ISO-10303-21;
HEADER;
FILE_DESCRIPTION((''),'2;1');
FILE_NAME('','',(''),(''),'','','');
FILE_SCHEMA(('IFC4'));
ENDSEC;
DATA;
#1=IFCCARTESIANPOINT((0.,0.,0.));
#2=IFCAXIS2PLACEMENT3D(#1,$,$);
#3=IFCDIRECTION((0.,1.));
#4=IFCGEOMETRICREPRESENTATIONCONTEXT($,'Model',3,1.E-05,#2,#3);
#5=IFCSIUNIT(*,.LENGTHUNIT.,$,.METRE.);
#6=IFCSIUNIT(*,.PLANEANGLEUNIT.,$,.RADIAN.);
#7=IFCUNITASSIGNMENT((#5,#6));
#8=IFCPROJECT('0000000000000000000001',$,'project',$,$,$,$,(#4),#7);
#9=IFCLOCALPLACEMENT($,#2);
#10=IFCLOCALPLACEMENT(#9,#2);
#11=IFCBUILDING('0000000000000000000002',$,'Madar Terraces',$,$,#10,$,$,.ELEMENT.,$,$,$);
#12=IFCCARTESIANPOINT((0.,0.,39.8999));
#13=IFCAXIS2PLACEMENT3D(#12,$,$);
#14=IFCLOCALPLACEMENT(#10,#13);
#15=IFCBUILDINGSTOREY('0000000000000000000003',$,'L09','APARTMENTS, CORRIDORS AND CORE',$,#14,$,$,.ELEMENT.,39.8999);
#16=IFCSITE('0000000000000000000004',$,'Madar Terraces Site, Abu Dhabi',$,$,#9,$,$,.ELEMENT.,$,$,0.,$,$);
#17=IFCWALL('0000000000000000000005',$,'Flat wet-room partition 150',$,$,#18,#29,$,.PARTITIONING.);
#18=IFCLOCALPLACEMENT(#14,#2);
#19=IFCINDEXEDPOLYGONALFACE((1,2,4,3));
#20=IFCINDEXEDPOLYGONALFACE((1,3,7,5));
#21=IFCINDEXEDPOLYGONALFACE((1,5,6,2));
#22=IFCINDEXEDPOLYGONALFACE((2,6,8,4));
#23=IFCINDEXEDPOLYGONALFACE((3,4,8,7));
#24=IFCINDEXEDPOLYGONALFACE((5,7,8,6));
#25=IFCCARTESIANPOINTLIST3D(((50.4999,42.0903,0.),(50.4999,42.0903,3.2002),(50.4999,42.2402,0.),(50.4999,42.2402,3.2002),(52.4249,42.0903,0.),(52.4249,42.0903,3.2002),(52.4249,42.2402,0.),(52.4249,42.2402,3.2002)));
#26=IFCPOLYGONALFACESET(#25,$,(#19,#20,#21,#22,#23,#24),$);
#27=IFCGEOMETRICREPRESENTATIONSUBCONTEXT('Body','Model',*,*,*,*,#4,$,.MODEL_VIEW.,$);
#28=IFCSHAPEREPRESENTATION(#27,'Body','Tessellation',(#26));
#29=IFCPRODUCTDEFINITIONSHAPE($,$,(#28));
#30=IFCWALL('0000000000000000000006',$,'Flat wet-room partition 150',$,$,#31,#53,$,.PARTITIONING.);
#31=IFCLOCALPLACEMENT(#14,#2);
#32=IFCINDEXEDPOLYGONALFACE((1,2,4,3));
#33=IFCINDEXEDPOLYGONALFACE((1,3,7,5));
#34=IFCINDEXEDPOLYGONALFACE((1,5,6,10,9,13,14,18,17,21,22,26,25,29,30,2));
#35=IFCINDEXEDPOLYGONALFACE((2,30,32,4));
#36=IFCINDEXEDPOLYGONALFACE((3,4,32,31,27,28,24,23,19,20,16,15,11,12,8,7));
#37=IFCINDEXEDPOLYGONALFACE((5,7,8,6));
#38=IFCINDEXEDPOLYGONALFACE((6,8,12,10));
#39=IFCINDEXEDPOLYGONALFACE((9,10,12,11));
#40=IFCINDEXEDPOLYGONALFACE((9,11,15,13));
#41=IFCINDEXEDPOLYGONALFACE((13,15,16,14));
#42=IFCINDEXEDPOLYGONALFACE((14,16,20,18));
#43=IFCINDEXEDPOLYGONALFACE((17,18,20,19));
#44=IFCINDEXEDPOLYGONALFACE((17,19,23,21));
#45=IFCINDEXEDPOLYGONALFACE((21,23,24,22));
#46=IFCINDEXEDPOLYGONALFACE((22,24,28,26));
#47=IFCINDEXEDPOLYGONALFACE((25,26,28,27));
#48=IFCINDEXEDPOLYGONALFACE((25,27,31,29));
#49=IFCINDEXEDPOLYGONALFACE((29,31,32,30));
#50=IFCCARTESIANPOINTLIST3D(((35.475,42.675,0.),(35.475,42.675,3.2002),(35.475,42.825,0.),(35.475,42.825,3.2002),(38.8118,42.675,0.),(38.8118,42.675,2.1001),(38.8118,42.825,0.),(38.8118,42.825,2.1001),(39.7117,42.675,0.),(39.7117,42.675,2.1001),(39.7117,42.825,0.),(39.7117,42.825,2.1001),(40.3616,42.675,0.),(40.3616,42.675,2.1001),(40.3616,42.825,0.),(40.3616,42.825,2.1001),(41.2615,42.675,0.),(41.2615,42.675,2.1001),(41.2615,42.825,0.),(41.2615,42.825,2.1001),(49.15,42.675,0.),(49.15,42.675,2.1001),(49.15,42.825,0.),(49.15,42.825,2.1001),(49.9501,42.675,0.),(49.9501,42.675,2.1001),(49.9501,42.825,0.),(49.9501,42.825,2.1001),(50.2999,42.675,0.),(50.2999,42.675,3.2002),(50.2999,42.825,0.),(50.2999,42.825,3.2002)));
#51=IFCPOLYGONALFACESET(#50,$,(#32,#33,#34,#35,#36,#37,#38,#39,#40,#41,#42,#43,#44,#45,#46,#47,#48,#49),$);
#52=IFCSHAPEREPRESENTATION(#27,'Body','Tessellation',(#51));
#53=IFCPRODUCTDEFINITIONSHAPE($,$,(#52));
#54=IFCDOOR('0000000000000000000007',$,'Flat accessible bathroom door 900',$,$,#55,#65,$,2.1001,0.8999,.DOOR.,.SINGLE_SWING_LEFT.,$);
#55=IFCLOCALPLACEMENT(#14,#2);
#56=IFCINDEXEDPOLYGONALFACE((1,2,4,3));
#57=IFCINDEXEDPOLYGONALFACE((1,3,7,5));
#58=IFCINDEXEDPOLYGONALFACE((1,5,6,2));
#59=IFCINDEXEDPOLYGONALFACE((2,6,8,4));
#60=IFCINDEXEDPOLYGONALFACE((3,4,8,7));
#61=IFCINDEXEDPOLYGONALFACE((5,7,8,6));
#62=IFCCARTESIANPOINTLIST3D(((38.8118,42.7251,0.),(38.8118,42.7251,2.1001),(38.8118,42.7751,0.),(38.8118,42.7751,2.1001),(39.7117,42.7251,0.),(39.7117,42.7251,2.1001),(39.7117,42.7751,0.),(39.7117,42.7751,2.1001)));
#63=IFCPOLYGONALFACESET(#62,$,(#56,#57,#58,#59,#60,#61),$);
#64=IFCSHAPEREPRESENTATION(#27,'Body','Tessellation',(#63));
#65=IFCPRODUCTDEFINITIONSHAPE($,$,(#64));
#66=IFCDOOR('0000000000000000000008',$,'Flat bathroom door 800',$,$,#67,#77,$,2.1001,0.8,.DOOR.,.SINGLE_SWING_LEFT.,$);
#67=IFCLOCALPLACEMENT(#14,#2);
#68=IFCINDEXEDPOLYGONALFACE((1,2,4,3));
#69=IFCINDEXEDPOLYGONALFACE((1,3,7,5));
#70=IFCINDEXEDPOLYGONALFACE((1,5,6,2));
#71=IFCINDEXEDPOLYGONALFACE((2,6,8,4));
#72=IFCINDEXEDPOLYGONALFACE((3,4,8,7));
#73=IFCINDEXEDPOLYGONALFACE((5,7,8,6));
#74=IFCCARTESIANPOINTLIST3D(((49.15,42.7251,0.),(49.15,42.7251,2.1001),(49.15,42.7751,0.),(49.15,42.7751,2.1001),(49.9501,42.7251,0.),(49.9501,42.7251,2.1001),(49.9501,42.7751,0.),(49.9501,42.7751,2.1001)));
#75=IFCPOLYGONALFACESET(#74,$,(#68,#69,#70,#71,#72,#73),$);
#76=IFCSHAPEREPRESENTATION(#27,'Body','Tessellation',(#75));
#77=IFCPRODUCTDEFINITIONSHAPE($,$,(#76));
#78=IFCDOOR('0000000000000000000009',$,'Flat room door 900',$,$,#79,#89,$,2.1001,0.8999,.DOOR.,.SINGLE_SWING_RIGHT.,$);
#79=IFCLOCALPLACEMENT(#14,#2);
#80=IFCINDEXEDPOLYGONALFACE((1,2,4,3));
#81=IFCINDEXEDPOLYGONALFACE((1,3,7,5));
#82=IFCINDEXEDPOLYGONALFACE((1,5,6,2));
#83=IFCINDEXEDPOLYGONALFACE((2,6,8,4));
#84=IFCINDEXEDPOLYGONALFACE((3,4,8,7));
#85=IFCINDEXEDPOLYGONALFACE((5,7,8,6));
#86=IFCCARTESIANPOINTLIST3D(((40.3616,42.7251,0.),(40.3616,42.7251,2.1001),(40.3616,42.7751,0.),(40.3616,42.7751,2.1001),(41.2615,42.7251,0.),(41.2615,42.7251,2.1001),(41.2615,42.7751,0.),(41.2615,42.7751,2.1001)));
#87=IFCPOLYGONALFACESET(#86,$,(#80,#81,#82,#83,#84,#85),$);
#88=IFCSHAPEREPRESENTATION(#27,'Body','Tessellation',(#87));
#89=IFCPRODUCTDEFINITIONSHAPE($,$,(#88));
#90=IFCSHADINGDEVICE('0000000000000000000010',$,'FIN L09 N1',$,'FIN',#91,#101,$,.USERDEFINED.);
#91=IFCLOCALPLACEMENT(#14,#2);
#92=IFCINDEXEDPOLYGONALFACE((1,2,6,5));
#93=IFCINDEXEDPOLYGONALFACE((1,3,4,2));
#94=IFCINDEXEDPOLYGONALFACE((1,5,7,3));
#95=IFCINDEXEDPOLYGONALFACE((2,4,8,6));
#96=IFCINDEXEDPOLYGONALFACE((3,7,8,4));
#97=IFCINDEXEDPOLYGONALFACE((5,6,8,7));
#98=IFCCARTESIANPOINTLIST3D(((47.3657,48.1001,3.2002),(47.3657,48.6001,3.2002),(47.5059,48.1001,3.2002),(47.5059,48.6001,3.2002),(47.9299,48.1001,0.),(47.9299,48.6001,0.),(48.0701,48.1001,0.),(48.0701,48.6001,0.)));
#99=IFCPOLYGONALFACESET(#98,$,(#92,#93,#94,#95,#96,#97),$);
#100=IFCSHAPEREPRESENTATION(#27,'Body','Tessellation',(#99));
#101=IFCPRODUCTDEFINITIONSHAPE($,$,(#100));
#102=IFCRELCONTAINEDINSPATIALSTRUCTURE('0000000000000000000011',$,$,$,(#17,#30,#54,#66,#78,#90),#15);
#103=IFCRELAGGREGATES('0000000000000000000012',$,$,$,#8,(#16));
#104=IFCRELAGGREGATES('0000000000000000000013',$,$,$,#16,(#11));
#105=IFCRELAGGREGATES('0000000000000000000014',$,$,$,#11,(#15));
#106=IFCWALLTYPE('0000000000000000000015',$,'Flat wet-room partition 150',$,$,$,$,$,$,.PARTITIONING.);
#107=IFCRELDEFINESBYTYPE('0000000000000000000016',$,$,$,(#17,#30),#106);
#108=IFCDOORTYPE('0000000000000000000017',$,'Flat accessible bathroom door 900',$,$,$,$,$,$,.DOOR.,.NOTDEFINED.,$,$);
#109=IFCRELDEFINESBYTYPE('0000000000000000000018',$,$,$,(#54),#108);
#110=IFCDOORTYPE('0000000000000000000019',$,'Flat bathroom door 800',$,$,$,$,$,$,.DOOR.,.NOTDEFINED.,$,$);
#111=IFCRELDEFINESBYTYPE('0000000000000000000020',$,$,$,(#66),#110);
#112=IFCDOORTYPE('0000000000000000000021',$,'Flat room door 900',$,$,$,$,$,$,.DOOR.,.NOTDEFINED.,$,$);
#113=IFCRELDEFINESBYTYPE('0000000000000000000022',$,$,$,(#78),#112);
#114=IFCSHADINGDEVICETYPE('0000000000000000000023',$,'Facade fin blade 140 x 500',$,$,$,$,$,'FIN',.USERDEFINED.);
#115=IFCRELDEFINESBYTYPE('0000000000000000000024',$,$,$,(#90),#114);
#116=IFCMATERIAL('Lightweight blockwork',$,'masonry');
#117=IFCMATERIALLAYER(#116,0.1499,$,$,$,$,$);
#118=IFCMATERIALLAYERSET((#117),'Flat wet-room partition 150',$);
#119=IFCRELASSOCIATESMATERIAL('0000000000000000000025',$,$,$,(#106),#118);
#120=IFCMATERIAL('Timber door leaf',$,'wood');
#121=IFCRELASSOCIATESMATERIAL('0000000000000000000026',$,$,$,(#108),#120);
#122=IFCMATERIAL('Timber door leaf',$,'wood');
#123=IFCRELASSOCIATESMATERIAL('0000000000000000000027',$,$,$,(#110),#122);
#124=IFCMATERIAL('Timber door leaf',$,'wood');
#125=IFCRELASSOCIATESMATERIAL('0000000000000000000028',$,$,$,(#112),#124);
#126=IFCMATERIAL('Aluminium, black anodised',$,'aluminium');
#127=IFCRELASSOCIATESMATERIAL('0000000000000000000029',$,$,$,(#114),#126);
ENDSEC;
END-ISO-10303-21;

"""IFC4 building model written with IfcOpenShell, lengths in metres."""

from ifc_helpers import new_model, si_unit, direction, frame, frame_2d, origin, place, context, subcontext, project, spatial, polyline, rectangle, outline, extrude, material, layer, layer_set, type_object, element, fill, save


model = new_model("IFC4")

# Units and contexts
model_context = context("Model", 3, precision=1e-05, world=origin(), true_north=direction((0.0, 1.0)))
body_context = subcontext(model_context, "Body", "Model", "MODEL_VIEW")
ifc_project = project(units=[si_unit("LENGTHUNIT", "METRE"), si_unit("PLANEANGLEUNIT", "RADIAN")], contexts=[model_context])

# Site, building, storey
site_placement = place(None, origin())
site = spatial("IfcSite", under=ifc_project, at=site_placement, Name="Madar Terraces Site, Abu Dhabi", CompositionType="ELEMENT", RefElevation=0.0)
building_placement = place(site_placement, origin())
building = spatial("IfcBuilding", under=site, at=building_placement, Name="Madar Terraces", CompositionType="ELEMENT")
storey_placement = place(building_placement, frame((0.0, 0.0, 39.8999)))
storey = spatial("IfcBuildingStorey", under=building, at=storey_placement, Name="L09", Description="APARTMENTS, CORRIDORS AND CORE", CompositionType="ELEMENT", Elevation=39.8999)

# Wall
ifc_material_1 = material(Name="Lightweight blockwork", Category="masonry")
ifc_layer_1 = layer(ifc_material_1, 0.1499)
ifc_layer_set_1 = layer_set([ifc_layer_1], Name="Flat wet-room partition 150")
wall_type_1 = type_object("IfcWallType", Name="Flat wet-room partition 150", PredefinedType="PARTITIONING", material=ifc_layer_set_1)
wall_1_placement = place(storey_placement, frame((50.5, 42.1653, 0.0), z_axis=(0.0, 0.0, 1.0), x_axis=(1.0, 0.0, 0.0)))
element("IfcWall", 1, at=wall_1_placement, inside=storey, type_object=wall_type_1, Name="Flat wet-room partition 150", PredefinedType="PARTITIONING", context=body_context, shape_type="SweptSolid", body=[
    extrude(rectangle(XDim=1.925, YDim=0.1499, at=frame_2d((0.9624, 0.0))), origin(), (0.0, 0.0, 1.0), 3.2002),
])

# Wall, openings, doors
wall_2_placement = place(storey_placement, frame((50.3, 42.75, 0.0), z_axis=(0.0, 0.0, 1.0), x_axis=(-1.0, 0.0, 0.0)))
wall_2 = element("IfcWall", 2, at=wall_2_placement, inside=storey, type_object=wall_type_1, Name="Flat wet-room partition 150", PredefinedType="PARTITIONING", context=body_context, shape_type="SweptSolid", body=[
    extrude(rectangle(XDim=14.825, YDim=0.1499, at=frame_2d((7.4126, 0.0))), origin(), (0.0, 0.0, 1.0), 3.2002),
])
opening_1_placement = place(wall_2_placement, frame((10.5884, 0.0, 0.0)))
opening_1 = element("IfcOpeningElement", 3, at=opening_1_placement, cuts=wall_2, PredefinedType="OPENING", context=body_context, shape_type="SweptSolid", body=[
    extrude(rectangle(XDim=0.8999, YDim=2.1001, at=frame_2d((0.45, 1.05))), frame((0.0, 0.085, 0.0), z_axis=(0.0, -1.0, 0.0), x_axis=(1.0, 0.0, 0.0)), (0.0, 0.0, 1.0), 0.1699),
])
opening_2_placement = place(wall_2_placement, frame((9.0386, 0.0, 0.0)))
opening_2 = element("IfcOpeningElement", 4, at=opening_2_placement, cuts=wall_2, PredefinedType="OPENING", context=body_context, shape_type="SweptSolid", body=[
    extrude(rectangle(XDim=0.8999, YDim=2.1001, at=frame_2d((0.45, 1.05))), frame((0.0, 0.085, 0.0), z_axis=(0.0, -1.0, 0.0), x_axis=(1.0, 0.0, 0.0)), (0.0, 0.0, 1.0), 0.1699),
])
opening_3_placement = place(wall_2_placement, frame((0.3501, 0.0, 0.0)))
opening_3 = element("IfcOpeningElement", 5, at=opening_3_placement, cuts=wall_2, PredefinedType="OPENING", context=body_context, shape_type="SweptSolid", body=[
    extrude(rectangle(XDim=0.8, YDim=2.1001, at=frame_2d((0.3999, 1.05))), frame((0.0, 0.085, 0.0), z_axis=(0.0, -1.0, 0.0), x_axis=(1.0, 0.0, 0.0)), (0.0, 0.0, 1.0), 0.1699),
])
ifc_material_2 = material(Name="Timber door leaf", Category="wood")
door_type_1 = type_object("IfcDoorType", Name="Flat accessible bathroom door 900", OperationType="NOTDEFINED", PredefinedType="DOOR", material=ifc_material_2)
door_1_placement = place(opening_1_placement, origin())
door_1 = element("IfcDoor", 6, at=door_1_placement, inside=storey, type_object=door_type_1, Name="Flat accessible bathroom door 900", OperationType="SINGLE_SWING_LEFT", OverallHeight=2.1001, OverallWidth=0.8999, PredefinedType="DOOR", context=body_context, shape_type="SweptSolid", body=[
    extrude(rectangle(XDim=0.8999, YDim=2.1001, at=frame_2d((0.45, 1.05))), frame((0.0, 0.0249, 0.0), z_axis=(0.0, -1.0, 0.0), x_axis=(1.0, 0.0, 0.0)), (0.0, 0.0, 1.0), 0.05),
])
fill(opening_1, door_1)
ifc_material_3 = material(Name="Timber door leaf", Category="wood")
door_type_2 = type_object("IfcDoorType", Name="Flat bathroom door 800", OperationType="NOTDEFINED", PredefinedType="DOOR", material=ifc_material_3)
door_2_placement = place(opening_3_placement, origin())
door_2 = element("IfcDoor", 7, at=door_2_placement, inside=storey, type_object=door_type_2, Name="Flat bathroom door 800", OperationType="SINGLE_SWING_LEFT", OverallHeight=2.1001, OverallWidth=0.8, PredefinedType="DOOR", context=body_context, shape_type="SweptSolid", body=[
    extrude(rectangle(XDim=0.8, YDim=2.1001, at=frame_2d((0.3999, 1.05))), frame((0.0, 0.0249, 0.0), z_axis=(0.0, -1.0, 0.0), x_axis=(1.0, 0.0, 0.0)), (0.0, 0.0, 1.0), 0.05),
])
fill(opening_3, door_2)
ifc_material_4 = material(Name="Timber door leaf", Category="wood")
door_type_3 = type_object("IfcDoorType", Name="Flat room door 900", OperationType="NOTDEFINED", PredefinedType="DOOR", material=ifc_material_4)
door_3_placement = place(opening_2_placement, origin())
door_3 = element("IfcDoor", 8, at=door_3_placement, inside=storey, type_object=door_type_3, Name="Flat room door 900", OperationType="SINGLE_SWING_RIGHT", OverallHeight=2.1001, OverallWidth=0.8999, PredefinedType="DOOR", context=body_context, shape_type="SweptSolid", body=[
    extrude(rectangle(XDim=0.8999, YDim=2.1001, at=frame_2d((0.45, 1.05))), frame((0.0, 0.0249, 0.0), z_axis=(0.0, -1.0, 0.0), x_axis=(1.0, 0.0, 0.0)), (0.0, 0.0, 1.0), 0.05),
])
fill(opening_2, door_3)

# Shading device
ifc_material_5 = material(Name="Aluminium, black anodised", Category="aluminium")
shading_device_type = type_object("IfcShadingDeviceType", Name="Facade fin blade 140 x 500", ElementType="FIN", PredefinedType="USERDEFINED", material=ifc_material_5)
shading_device_placement = place(storey_placement, frame((48.0701, 48.3501, 0.0), z_axis=(0.0, 0.0, 1.0), x_axis=(-1.0, 0.0, 0.0)))
element("IfcShadingDevice", 9, at=shading_device_placement, inside=storey, type_object=shading_device_type, Name="FIN L09 N1", ObjectType="FIN", PredefinedType="USERDEFINED", context=body_context, shape_type="SweptSolid", body=[
    extrude(outline(polyline([(0.0, 0.0), (0.1401, 0.0), (0.7043, 3.2002), (0.5642, 3.2002), (0.0, 0.0)])), frame((0.0, 0.25, 0.0), z_axis=(0.0, -1.0, 0.0), x_axis=(1.0, 0.0, 0.0)), (0.0, 0.0, 1.0), 0.5),
])

save(model, "model.ifc")
